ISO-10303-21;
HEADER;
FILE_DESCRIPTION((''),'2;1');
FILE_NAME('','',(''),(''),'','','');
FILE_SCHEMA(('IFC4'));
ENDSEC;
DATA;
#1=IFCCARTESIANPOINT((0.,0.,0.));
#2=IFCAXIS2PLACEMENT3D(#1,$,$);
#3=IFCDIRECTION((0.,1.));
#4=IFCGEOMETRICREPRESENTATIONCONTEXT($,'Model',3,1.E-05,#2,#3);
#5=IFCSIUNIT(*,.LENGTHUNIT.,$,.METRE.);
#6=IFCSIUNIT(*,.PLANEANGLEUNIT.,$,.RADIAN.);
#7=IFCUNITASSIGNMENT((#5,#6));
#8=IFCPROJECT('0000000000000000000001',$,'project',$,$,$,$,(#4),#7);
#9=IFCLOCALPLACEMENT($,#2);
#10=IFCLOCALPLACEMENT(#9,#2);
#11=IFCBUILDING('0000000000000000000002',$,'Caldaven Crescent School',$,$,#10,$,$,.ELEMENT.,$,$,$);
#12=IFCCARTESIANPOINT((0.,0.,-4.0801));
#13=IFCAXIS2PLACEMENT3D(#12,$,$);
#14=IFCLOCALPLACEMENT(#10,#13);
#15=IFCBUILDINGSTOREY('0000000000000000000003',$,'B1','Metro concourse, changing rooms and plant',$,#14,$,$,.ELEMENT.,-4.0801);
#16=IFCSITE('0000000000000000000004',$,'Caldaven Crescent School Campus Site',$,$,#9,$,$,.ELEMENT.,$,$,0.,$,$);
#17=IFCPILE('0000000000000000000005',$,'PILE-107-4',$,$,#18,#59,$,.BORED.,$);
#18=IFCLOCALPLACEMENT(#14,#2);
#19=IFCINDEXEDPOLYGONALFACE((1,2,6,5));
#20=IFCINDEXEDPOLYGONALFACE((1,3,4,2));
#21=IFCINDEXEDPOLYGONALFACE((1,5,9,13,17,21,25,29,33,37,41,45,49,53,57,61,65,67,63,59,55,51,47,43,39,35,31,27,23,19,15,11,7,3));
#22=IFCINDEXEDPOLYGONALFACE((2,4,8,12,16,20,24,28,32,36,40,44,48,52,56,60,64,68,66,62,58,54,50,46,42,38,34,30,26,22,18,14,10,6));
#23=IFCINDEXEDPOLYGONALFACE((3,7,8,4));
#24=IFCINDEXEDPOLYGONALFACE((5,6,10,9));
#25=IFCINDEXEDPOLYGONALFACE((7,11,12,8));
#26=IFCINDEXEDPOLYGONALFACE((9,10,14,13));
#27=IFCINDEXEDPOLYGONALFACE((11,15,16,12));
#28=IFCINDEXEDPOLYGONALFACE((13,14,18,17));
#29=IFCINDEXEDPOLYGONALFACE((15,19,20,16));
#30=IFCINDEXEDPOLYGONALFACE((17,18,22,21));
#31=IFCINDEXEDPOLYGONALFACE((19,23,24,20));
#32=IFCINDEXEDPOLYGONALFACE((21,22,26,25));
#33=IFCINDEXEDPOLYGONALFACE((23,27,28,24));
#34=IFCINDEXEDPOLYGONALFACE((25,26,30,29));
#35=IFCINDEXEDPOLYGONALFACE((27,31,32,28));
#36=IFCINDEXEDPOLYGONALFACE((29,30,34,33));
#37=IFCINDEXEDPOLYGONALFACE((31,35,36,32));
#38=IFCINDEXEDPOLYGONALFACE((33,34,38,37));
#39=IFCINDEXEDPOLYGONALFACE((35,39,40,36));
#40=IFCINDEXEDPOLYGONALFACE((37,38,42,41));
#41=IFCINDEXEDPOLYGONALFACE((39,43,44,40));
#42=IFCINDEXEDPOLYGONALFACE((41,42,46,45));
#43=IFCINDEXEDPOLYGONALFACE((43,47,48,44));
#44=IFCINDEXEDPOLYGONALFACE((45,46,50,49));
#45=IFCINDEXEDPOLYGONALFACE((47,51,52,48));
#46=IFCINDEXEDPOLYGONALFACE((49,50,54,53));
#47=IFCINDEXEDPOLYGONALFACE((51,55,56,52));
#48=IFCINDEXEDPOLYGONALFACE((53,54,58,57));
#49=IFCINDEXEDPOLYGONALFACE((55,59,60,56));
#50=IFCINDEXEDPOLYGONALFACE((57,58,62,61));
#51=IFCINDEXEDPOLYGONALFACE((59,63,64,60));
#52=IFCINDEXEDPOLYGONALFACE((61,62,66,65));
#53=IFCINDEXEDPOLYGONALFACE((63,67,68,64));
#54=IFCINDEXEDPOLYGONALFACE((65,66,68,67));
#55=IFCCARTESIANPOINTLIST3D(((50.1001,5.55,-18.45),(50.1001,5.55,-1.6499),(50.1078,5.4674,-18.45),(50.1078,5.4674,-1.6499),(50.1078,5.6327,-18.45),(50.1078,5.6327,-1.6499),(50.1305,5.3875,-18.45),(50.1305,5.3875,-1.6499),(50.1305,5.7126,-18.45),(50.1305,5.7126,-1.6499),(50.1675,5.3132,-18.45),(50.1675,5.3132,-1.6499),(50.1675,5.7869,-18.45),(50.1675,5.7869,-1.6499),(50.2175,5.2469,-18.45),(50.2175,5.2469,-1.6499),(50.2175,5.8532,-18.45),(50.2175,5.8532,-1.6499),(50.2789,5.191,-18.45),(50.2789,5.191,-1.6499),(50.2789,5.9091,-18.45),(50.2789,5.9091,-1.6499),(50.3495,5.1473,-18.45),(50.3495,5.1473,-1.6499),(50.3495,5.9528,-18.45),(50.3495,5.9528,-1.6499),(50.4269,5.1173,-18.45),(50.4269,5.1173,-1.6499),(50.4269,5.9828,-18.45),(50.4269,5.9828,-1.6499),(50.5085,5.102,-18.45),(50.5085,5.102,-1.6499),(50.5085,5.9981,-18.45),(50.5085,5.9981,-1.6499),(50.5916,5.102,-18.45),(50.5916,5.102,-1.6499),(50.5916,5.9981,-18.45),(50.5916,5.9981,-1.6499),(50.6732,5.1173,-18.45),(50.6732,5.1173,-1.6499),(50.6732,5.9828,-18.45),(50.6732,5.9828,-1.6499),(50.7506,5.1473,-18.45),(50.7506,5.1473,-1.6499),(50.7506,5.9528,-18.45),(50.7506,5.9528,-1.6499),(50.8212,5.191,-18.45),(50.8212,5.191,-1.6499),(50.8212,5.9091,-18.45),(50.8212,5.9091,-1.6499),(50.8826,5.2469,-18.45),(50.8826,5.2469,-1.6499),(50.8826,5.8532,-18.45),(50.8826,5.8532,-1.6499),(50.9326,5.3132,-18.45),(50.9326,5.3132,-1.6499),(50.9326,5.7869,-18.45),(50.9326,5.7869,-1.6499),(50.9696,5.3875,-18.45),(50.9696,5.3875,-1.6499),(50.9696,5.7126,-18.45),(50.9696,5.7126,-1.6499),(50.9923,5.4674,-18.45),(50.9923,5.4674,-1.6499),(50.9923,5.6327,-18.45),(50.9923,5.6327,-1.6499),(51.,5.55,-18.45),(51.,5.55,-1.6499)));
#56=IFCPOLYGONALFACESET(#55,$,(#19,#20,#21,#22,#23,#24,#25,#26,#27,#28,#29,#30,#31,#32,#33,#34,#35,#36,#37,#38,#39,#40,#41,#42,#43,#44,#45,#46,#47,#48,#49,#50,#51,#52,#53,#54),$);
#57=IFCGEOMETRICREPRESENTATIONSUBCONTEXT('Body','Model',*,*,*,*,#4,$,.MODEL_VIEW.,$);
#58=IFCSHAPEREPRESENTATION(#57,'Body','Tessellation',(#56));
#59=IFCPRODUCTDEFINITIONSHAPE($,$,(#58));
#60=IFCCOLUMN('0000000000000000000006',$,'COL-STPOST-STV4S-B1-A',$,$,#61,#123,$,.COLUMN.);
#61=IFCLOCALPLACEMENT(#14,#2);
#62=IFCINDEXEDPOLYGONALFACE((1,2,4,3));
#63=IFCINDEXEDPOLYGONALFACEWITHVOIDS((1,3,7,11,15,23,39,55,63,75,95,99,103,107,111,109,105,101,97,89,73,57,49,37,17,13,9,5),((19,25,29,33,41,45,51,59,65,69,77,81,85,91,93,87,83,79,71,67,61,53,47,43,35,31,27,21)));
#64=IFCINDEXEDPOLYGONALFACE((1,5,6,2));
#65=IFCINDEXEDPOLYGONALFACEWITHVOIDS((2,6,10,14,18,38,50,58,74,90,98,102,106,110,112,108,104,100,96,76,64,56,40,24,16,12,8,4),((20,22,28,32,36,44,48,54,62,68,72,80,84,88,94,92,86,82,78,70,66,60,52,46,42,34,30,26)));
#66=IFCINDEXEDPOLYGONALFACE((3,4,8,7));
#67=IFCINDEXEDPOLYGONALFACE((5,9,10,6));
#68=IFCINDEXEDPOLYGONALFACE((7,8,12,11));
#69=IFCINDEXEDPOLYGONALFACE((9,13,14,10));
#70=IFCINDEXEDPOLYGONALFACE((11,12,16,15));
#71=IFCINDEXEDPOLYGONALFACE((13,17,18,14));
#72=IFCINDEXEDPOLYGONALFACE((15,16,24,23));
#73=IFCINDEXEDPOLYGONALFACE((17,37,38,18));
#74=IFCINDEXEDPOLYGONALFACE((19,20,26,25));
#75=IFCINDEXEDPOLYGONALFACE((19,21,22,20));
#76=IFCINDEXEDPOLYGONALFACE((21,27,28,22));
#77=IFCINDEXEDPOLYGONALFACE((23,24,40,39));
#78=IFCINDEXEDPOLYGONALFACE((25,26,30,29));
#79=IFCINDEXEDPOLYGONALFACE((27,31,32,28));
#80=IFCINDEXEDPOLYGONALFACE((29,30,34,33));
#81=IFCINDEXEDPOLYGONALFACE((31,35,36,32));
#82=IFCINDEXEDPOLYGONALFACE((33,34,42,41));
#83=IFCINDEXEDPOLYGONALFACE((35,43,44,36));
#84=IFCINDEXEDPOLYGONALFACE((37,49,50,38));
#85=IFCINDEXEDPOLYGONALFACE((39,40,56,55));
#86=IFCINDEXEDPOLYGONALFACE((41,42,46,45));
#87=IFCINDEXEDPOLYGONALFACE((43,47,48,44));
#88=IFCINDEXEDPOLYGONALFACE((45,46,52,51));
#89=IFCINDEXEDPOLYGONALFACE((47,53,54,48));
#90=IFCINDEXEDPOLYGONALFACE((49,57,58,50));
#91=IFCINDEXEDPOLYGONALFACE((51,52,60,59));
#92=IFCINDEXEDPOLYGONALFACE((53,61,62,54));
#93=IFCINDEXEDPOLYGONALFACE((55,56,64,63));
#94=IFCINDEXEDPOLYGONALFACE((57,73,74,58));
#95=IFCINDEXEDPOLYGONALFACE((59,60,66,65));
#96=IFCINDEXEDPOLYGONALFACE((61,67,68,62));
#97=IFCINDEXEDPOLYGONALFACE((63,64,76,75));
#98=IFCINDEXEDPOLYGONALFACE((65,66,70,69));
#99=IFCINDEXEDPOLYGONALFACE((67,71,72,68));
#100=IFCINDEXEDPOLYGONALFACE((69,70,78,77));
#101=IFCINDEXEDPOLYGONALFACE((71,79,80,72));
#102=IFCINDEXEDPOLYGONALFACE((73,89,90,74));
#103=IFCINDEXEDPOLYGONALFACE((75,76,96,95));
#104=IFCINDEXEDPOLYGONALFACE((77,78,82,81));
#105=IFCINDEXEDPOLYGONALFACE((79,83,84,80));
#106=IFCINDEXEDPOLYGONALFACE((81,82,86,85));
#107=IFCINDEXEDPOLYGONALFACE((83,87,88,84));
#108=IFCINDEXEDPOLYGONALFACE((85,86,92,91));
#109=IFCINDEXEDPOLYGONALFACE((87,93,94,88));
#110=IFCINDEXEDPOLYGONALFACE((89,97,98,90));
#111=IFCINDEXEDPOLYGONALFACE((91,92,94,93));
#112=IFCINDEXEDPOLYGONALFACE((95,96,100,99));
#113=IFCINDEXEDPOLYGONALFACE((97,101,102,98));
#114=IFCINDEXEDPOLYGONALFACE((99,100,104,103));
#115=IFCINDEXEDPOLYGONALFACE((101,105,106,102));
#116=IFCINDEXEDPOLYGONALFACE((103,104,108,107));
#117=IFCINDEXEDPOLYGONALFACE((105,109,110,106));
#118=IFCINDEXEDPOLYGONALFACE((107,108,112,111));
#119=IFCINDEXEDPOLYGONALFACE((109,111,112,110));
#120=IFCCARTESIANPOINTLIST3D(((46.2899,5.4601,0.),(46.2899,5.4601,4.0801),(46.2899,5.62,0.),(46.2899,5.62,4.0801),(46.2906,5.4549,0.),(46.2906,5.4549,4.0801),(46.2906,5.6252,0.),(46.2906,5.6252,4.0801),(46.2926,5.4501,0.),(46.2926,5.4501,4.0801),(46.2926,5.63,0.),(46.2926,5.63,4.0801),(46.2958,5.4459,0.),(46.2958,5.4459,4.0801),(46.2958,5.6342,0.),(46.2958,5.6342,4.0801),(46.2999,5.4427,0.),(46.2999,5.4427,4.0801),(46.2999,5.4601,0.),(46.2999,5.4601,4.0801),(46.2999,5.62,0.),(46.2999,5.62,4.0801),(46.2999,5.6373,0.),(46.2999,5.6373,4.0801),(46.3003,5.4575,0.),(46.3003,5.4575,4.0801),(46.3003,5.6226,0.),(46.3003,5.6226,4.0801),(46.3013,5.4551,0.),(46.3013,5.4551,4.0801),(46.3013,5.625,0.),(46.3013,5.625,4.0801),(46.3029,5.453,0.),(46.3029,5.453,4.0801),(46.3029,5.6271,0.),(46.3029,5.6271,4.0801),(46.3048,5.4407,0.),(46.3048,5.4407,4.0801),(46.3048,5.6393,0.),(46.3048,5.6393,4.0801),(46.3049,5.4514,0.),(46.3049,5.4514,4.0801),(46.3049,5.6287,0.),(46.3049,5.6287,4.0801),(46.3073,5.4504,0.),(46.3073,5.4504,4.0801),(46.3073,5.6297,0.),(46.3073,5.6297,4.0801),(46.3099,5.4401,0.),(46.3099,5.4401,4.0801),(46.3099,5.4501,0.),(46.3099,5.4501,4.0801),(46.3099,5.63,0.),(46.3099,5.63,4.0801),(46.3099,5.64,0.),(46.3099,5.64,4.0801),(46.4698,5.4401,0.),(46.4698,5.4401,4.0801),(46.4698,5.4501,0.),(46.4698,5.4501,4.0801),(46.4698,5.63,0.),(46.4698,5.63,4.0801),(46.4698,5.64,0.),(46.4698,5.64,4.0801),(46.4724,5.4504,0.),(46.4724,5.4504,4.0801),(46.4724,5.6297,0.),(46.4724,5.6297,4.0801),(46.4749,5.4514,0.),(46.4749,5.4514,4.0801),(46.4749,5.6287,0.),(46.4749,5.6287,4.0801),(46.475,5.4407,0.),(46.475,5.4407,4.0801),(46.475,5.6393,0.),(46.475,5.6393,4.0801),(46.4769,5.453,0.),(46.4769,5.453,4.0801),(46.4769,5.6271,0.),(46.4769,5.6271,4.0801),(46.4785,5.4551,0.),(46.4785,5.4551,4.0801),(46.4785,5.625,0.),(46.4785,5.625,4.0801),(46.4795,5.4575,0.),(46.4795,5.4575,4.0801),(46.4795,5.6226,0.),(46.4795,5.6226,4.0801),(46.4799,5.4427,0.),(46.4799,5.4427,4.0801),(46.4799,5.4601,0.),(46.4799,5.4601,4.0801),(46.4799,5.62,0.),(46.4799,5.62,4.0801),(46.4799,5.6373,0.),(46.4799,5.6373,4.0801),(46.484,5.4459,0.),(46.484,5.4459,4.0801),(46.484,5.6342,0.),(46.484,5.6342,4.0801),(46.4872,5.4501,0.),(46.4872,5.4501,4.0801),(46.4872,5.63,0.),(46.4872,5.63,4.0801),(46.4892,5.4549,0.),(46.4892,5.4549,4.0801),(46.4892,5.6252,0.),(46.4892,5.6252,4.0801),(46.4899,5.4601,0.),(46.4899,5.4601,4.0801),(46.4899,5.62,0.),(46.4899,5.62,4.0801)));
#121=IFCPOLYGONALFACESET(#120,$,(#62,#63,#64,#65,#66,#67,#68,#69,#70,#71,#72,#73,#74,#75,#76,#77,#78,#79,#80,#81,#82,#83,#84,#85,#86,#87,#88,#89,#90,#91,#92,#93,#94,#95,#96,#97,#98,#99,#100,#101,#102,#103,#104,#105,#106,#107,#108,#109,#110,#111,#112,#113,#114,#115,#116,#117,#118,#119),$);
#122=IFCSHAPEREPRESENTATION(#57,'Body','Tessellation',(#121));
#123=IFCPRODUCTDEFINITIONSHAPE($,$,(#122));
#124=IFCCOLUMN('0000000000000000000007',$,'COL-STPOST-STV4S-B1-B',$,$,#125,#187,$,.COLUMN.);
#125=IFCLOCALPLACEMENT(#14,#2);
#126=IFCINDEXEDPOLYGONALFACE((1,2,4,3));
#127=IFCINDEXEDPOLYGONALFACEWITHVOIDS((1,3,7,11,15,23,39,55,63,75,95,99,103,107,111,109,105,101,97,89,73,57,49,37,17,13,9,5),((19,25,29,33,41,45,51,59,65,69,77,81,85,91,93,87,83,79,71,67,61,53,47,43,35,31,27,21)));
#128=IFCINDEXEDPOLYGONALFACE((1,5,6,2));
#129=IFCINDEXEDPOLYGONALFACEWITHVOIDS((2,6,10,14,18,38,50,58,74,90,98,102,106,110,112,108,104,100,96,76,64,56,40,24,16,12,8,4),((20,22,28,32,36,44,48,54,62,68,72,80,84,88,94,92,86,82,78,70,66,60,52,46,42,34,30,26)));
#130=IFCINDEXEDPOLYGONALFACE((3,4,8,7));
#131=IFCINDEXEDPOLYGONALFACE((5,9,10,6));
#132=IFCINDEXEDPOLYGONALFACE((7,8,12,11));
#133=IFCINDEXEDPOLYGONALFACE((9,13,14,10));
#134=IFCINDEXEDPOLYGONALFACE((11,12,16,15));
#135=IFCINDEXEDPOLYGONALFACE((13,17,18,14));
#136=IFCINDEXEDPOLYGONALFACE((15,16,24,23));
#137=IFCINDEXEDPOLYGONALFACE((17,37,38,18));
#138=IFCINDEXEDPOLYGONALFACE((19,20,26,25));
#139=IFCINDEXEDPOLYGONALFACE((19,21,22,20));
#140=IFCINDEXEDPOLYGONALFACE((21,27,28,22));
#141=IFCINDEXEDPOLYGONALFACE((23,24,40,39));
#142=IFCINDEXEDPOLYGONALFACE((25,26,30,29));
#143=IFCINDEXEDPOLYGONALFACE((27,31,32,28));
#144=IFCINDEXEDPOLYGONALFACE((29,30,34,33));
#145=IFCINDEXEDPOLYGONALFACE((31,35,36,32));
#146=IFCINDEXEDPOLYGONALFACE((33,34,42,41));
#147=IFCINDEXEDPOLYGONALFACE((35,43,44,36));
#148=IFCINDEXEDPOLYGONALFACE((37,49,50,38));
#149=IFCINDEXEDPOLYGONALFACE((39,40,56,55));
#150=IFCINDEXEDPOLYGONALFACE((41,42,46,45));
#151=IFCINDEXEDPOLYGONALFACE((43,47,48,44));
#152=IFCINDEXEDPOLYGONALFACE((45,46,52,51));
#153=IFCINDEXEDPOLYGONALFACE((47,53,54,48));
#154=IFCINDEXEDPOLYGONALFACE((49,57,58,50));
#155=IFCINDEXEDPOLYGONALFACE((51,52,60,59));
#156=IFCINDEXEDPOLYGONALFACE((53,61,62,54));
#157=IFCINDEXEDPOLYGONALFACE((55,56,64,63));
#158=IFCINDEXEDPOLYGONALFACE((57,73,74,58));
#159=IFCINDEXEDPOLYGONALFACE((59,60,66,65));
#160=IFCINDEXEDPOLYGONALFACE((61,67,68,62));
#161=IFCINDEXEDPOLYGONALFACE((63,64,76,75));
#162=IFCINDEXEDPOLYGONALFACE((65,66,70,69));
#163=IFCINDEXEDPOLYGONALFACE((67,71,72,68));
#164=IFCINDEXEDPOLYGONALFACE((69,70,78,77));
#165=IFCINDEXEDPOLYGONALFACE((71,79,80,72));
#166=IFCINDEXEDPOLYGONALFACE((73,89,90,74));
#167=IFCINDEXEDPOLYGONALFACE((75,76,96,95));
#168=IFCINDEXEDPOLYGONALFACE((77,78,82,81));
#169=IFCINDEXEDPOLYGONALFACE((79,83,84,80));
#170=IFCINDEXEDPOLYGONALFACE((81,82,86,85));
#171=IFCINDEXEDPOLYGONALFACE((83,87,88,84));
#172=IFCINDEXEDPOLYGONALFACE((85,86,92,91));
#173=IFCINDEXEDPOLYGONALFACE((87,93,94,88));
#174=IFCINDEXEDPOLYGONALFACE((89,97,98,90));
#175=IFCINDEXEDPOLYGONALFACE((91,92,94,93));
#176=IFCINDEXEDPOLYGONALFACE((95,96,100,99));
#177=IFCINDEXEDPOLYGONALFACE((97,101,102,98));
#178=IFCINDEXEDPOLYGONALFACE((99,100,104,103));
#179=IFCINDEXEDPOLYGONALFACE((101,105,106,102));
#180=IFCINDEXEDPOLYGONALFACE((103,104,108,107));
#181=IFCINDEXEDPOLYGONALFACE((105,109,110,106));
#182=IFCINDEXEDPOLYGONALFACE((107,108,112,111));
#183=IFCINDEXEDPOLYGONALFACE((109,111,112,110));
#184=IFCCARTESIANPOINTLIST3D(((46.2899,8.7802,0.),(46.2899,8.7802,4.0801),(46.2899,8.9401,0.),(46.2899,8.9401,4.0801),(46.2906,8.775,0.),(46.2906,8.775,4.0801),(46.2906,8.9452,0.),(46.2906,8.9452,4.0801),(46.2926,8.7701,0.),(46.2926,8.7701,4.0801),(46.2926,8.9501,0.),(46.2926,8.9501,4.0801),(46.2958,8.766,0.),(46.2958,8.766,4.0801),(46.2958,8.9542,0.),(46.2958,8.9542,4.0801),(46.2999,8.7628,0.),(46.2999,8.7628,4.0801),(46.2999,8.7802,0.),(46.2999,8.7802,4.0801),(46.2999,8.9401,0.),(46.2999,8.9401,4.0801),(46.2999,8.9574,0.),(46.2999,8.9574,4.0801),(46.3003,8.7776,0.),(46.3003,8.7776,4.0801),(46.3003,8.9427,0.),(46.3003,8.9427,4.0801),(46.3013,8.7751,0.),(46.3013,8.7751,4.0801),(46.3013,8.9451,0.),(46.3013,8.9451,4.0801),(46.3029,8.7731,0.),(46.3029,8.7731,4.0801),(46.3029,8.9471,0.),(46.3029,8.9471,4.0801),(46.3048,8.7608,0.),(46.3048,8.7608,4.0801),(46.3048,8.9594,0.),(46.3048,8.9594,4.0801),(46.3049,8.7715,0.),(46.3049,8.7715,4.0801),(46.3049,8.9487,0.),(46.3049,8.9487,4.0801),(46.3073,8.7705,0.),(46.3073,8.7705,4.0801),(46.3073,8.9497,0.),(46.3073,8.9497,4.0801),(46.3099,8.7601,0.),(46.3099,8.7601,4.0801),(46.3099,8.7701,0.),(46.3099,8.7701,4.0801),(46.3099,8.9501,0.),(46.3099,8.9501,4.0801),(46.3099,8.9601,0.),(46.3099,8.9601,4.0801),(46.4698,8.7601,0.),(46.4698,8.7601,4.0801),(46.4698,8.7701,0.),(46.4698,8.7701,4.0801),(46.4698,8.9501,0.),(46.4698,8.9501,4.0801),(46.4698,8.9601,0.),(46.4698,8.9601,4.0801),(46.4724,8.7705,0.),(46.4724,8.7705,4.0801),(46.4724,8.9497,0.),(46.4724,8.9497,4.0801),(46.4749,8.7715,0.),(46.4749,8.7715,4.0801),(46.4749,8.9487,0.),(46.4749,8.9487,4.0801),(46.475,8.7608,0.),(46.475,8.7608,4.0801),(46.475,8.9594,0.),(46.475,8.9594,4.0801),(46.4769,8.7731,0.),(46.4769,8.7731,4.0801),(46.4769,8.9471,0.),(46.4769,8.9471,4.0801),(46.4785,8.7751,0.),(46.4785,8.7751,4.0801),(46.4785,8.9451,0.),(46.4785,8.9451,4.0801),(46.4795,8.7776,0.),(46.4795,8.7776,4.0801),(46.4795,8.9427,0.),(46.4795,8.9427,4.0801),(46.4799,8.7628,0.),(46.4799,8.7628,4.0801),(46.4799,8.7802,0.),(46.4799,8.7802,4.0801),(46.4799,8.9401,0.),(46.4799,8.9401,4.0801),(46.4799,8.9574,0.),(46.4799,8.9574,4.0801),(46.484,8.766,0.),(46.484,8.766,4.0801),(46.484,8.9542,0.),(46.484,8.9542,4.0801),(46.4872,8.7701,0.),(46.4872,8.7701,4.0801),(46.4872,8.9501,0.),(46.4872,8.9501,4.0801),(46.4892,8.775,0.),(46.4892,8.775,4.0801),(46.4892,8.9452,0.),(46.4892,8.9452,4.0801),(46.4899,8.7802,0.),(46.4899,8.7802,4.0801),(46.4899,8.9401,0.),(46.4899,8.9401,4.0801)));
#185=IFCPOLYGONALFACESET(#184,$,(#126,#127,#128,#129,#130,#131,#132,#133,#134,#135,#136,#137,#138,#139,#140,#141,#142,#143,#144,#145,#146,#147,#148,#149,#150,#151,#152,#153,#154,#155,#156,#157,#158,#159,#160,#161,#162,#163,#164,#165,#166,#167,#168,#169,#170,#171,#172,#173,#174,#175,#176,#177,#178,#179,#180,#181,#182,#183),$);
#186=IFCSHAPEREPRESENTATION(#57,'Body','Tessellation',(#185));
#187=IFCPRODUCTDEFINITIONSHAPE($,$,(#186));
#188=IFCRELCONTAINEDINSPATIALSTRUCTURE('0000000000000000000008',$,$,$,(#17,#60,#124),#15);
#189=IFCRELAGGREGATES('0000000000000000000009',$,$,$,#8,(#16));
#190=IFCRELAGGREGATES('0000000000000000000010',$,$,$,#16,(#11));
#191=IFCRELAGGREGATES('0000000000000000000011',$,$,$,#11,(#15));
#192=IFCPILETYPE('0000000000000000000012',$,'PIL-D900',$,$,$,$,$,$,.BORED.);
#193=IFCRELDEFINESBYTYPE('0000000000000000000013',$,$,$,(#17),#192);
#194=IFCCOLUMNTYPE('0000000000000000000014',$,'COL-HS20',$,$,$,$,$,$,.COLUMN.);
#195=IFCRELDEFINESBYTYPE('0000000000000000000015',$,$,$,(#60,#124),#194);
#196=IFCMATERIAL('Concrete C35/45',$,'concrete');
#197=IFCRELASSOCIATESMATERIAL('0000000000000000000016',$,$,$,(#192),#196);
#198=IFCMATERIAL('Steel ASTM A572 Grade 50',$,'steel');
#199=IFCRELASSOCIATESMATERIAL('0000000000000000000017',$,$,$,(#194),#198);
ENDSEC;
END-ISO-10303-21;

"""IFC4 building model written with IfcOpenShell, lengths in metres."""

from ifc_helpers import new_model, si_unit, direction, frame, origin, origin_2d, place, context, subcontext, project, spatial, hollow_rectangle, circle, extrude, material, material_profile, profile_set, type_object, element, save


model = new_model("IFC4")

# Units and contexts
model_context = context("Model", 3, precision=1e-05, world=origin(), true_north=direction((0.0, 1.0)))
body_context = subcontext(model_context, "Body", "Model", "MODEL_VIEW")
ifc_project = project(units=[si_unit("LENGTHUNIT", "METRE"), si_unit("PLANEANGLEUNIT", "RADIAN")], contexts=[model_context])

# Site, building, storey
site_placement = place(None, origin())
site = spatial("IfcSite", under=ifc_project, at=site_placement, Name="Caldaven Crescent School Campus Site", CompositionType="ELEMENT", RefElevation=0.0)
building_placement = place(site_placement, origin())
building = spatial("IfcBuilding", under=site, at=building_placement, Name="Caldaven Crescent School", CompositionType="ELEMENT")
storey_placement = place(building_placement, frame((0.0, 0.0, -4.0801)))
storey = spatial("IfcBuildingStorey", under=building, at=storey_placement, Name="B1", Description="Metro concourse, changing rooms and plant", CompositionType="ELEMENT", Elevation=-4.0801)

# Shared definitions
ifc_material_1 = material(Name="Concrete C35/45", Category="concrete")

# Pile
ifc_material_profile_1 = material_profile(ifc_material_1, circle(Radius=0.45, at=origin_2d()), Name="PILE D900")
ifc_profile_set_1 = profile_set([ifc_material_profile_1], Name="Concrete C35/45")
pile_type_1 = type_object("IfcPileType", Name="PIL-D900", PredefinedType="BORED", material=ifc_profile_set_1)
for number, where, z_axis, x_axis, name in (
    (1, (50.55, 5.55, -1.6499), (0.0, 0.0, -1.0), (1.0, 0.0, 0.0), "PILE-107-4"),
):
    element("IfcPile", number, at=place(storey_placement, frame(where, z_axis=z_axis, x_axis=x_axis)), inside=storey, type_object=pile_type_1, Name=name, PredefinedType="BORED", context=body_context, shape_type="SweptSolid", body=[
        extrude(circle(Radius=0.45, at=origin_2d()), origin(), (0.0, 0.0, 1.0), 16.8),
    ])

# Columns
ifc_material_2 = material(Name="Steel ASTM A572 Grade 50", Category="steel")
ifc_material_profile_2 = material_profile(ifc_material_2, hollow_rectangle(XDim=0.2, YDim=0.2, WallThickness=0.01, InnerFilletRadius=0.01, OuterFilletRadius=0.02, at=origin_2d()), Name="HSS 200x200x10")
ifc_profile_set_2 = profile_set([ifc_material_profile_2], Name="Steel ASTM A572 Grade 50")
column_type_1 = type_object("IfcColumnType", Name="COL-HS20", PredefinedType="COLUMN", material=ifc_profile_set_2)
for number, where, z_axis, x_axis, name in (
    (2, (46.3899, 5.54, 0.0), (0.0, 0.0, 1.0), (1.0, 0.0, 0.0), "COL-STPOST-STV4S-B1-A"),
    (3, (46.3899, 8.8601, 0.0), (0.0, 0.0, 1.0), (1.0, 0.0, 0.0), "COL-STPOST-STV4S-B1-B"),
):
    element("IfcColumn", number, at=place(storey_placement, frame(where, z_axis=z_axis, x_axis=x_axis)), inside=storey, type_object=column_type_1, Name=name, PredefinedType="COLUMN", context=body_context, shape_type="SweptSolid", body=[
        extrude(hollow_rectangle(XDim=0.2, YDim=0.2, WallThickness=0.01, InnerFilletRadius=0.01, OuterFilletRadius=0.02, at=origin_2d()), origin(), (0.0, 0.0, 1.0), 4.0801),
    ])

save(model, "model.ifc")
